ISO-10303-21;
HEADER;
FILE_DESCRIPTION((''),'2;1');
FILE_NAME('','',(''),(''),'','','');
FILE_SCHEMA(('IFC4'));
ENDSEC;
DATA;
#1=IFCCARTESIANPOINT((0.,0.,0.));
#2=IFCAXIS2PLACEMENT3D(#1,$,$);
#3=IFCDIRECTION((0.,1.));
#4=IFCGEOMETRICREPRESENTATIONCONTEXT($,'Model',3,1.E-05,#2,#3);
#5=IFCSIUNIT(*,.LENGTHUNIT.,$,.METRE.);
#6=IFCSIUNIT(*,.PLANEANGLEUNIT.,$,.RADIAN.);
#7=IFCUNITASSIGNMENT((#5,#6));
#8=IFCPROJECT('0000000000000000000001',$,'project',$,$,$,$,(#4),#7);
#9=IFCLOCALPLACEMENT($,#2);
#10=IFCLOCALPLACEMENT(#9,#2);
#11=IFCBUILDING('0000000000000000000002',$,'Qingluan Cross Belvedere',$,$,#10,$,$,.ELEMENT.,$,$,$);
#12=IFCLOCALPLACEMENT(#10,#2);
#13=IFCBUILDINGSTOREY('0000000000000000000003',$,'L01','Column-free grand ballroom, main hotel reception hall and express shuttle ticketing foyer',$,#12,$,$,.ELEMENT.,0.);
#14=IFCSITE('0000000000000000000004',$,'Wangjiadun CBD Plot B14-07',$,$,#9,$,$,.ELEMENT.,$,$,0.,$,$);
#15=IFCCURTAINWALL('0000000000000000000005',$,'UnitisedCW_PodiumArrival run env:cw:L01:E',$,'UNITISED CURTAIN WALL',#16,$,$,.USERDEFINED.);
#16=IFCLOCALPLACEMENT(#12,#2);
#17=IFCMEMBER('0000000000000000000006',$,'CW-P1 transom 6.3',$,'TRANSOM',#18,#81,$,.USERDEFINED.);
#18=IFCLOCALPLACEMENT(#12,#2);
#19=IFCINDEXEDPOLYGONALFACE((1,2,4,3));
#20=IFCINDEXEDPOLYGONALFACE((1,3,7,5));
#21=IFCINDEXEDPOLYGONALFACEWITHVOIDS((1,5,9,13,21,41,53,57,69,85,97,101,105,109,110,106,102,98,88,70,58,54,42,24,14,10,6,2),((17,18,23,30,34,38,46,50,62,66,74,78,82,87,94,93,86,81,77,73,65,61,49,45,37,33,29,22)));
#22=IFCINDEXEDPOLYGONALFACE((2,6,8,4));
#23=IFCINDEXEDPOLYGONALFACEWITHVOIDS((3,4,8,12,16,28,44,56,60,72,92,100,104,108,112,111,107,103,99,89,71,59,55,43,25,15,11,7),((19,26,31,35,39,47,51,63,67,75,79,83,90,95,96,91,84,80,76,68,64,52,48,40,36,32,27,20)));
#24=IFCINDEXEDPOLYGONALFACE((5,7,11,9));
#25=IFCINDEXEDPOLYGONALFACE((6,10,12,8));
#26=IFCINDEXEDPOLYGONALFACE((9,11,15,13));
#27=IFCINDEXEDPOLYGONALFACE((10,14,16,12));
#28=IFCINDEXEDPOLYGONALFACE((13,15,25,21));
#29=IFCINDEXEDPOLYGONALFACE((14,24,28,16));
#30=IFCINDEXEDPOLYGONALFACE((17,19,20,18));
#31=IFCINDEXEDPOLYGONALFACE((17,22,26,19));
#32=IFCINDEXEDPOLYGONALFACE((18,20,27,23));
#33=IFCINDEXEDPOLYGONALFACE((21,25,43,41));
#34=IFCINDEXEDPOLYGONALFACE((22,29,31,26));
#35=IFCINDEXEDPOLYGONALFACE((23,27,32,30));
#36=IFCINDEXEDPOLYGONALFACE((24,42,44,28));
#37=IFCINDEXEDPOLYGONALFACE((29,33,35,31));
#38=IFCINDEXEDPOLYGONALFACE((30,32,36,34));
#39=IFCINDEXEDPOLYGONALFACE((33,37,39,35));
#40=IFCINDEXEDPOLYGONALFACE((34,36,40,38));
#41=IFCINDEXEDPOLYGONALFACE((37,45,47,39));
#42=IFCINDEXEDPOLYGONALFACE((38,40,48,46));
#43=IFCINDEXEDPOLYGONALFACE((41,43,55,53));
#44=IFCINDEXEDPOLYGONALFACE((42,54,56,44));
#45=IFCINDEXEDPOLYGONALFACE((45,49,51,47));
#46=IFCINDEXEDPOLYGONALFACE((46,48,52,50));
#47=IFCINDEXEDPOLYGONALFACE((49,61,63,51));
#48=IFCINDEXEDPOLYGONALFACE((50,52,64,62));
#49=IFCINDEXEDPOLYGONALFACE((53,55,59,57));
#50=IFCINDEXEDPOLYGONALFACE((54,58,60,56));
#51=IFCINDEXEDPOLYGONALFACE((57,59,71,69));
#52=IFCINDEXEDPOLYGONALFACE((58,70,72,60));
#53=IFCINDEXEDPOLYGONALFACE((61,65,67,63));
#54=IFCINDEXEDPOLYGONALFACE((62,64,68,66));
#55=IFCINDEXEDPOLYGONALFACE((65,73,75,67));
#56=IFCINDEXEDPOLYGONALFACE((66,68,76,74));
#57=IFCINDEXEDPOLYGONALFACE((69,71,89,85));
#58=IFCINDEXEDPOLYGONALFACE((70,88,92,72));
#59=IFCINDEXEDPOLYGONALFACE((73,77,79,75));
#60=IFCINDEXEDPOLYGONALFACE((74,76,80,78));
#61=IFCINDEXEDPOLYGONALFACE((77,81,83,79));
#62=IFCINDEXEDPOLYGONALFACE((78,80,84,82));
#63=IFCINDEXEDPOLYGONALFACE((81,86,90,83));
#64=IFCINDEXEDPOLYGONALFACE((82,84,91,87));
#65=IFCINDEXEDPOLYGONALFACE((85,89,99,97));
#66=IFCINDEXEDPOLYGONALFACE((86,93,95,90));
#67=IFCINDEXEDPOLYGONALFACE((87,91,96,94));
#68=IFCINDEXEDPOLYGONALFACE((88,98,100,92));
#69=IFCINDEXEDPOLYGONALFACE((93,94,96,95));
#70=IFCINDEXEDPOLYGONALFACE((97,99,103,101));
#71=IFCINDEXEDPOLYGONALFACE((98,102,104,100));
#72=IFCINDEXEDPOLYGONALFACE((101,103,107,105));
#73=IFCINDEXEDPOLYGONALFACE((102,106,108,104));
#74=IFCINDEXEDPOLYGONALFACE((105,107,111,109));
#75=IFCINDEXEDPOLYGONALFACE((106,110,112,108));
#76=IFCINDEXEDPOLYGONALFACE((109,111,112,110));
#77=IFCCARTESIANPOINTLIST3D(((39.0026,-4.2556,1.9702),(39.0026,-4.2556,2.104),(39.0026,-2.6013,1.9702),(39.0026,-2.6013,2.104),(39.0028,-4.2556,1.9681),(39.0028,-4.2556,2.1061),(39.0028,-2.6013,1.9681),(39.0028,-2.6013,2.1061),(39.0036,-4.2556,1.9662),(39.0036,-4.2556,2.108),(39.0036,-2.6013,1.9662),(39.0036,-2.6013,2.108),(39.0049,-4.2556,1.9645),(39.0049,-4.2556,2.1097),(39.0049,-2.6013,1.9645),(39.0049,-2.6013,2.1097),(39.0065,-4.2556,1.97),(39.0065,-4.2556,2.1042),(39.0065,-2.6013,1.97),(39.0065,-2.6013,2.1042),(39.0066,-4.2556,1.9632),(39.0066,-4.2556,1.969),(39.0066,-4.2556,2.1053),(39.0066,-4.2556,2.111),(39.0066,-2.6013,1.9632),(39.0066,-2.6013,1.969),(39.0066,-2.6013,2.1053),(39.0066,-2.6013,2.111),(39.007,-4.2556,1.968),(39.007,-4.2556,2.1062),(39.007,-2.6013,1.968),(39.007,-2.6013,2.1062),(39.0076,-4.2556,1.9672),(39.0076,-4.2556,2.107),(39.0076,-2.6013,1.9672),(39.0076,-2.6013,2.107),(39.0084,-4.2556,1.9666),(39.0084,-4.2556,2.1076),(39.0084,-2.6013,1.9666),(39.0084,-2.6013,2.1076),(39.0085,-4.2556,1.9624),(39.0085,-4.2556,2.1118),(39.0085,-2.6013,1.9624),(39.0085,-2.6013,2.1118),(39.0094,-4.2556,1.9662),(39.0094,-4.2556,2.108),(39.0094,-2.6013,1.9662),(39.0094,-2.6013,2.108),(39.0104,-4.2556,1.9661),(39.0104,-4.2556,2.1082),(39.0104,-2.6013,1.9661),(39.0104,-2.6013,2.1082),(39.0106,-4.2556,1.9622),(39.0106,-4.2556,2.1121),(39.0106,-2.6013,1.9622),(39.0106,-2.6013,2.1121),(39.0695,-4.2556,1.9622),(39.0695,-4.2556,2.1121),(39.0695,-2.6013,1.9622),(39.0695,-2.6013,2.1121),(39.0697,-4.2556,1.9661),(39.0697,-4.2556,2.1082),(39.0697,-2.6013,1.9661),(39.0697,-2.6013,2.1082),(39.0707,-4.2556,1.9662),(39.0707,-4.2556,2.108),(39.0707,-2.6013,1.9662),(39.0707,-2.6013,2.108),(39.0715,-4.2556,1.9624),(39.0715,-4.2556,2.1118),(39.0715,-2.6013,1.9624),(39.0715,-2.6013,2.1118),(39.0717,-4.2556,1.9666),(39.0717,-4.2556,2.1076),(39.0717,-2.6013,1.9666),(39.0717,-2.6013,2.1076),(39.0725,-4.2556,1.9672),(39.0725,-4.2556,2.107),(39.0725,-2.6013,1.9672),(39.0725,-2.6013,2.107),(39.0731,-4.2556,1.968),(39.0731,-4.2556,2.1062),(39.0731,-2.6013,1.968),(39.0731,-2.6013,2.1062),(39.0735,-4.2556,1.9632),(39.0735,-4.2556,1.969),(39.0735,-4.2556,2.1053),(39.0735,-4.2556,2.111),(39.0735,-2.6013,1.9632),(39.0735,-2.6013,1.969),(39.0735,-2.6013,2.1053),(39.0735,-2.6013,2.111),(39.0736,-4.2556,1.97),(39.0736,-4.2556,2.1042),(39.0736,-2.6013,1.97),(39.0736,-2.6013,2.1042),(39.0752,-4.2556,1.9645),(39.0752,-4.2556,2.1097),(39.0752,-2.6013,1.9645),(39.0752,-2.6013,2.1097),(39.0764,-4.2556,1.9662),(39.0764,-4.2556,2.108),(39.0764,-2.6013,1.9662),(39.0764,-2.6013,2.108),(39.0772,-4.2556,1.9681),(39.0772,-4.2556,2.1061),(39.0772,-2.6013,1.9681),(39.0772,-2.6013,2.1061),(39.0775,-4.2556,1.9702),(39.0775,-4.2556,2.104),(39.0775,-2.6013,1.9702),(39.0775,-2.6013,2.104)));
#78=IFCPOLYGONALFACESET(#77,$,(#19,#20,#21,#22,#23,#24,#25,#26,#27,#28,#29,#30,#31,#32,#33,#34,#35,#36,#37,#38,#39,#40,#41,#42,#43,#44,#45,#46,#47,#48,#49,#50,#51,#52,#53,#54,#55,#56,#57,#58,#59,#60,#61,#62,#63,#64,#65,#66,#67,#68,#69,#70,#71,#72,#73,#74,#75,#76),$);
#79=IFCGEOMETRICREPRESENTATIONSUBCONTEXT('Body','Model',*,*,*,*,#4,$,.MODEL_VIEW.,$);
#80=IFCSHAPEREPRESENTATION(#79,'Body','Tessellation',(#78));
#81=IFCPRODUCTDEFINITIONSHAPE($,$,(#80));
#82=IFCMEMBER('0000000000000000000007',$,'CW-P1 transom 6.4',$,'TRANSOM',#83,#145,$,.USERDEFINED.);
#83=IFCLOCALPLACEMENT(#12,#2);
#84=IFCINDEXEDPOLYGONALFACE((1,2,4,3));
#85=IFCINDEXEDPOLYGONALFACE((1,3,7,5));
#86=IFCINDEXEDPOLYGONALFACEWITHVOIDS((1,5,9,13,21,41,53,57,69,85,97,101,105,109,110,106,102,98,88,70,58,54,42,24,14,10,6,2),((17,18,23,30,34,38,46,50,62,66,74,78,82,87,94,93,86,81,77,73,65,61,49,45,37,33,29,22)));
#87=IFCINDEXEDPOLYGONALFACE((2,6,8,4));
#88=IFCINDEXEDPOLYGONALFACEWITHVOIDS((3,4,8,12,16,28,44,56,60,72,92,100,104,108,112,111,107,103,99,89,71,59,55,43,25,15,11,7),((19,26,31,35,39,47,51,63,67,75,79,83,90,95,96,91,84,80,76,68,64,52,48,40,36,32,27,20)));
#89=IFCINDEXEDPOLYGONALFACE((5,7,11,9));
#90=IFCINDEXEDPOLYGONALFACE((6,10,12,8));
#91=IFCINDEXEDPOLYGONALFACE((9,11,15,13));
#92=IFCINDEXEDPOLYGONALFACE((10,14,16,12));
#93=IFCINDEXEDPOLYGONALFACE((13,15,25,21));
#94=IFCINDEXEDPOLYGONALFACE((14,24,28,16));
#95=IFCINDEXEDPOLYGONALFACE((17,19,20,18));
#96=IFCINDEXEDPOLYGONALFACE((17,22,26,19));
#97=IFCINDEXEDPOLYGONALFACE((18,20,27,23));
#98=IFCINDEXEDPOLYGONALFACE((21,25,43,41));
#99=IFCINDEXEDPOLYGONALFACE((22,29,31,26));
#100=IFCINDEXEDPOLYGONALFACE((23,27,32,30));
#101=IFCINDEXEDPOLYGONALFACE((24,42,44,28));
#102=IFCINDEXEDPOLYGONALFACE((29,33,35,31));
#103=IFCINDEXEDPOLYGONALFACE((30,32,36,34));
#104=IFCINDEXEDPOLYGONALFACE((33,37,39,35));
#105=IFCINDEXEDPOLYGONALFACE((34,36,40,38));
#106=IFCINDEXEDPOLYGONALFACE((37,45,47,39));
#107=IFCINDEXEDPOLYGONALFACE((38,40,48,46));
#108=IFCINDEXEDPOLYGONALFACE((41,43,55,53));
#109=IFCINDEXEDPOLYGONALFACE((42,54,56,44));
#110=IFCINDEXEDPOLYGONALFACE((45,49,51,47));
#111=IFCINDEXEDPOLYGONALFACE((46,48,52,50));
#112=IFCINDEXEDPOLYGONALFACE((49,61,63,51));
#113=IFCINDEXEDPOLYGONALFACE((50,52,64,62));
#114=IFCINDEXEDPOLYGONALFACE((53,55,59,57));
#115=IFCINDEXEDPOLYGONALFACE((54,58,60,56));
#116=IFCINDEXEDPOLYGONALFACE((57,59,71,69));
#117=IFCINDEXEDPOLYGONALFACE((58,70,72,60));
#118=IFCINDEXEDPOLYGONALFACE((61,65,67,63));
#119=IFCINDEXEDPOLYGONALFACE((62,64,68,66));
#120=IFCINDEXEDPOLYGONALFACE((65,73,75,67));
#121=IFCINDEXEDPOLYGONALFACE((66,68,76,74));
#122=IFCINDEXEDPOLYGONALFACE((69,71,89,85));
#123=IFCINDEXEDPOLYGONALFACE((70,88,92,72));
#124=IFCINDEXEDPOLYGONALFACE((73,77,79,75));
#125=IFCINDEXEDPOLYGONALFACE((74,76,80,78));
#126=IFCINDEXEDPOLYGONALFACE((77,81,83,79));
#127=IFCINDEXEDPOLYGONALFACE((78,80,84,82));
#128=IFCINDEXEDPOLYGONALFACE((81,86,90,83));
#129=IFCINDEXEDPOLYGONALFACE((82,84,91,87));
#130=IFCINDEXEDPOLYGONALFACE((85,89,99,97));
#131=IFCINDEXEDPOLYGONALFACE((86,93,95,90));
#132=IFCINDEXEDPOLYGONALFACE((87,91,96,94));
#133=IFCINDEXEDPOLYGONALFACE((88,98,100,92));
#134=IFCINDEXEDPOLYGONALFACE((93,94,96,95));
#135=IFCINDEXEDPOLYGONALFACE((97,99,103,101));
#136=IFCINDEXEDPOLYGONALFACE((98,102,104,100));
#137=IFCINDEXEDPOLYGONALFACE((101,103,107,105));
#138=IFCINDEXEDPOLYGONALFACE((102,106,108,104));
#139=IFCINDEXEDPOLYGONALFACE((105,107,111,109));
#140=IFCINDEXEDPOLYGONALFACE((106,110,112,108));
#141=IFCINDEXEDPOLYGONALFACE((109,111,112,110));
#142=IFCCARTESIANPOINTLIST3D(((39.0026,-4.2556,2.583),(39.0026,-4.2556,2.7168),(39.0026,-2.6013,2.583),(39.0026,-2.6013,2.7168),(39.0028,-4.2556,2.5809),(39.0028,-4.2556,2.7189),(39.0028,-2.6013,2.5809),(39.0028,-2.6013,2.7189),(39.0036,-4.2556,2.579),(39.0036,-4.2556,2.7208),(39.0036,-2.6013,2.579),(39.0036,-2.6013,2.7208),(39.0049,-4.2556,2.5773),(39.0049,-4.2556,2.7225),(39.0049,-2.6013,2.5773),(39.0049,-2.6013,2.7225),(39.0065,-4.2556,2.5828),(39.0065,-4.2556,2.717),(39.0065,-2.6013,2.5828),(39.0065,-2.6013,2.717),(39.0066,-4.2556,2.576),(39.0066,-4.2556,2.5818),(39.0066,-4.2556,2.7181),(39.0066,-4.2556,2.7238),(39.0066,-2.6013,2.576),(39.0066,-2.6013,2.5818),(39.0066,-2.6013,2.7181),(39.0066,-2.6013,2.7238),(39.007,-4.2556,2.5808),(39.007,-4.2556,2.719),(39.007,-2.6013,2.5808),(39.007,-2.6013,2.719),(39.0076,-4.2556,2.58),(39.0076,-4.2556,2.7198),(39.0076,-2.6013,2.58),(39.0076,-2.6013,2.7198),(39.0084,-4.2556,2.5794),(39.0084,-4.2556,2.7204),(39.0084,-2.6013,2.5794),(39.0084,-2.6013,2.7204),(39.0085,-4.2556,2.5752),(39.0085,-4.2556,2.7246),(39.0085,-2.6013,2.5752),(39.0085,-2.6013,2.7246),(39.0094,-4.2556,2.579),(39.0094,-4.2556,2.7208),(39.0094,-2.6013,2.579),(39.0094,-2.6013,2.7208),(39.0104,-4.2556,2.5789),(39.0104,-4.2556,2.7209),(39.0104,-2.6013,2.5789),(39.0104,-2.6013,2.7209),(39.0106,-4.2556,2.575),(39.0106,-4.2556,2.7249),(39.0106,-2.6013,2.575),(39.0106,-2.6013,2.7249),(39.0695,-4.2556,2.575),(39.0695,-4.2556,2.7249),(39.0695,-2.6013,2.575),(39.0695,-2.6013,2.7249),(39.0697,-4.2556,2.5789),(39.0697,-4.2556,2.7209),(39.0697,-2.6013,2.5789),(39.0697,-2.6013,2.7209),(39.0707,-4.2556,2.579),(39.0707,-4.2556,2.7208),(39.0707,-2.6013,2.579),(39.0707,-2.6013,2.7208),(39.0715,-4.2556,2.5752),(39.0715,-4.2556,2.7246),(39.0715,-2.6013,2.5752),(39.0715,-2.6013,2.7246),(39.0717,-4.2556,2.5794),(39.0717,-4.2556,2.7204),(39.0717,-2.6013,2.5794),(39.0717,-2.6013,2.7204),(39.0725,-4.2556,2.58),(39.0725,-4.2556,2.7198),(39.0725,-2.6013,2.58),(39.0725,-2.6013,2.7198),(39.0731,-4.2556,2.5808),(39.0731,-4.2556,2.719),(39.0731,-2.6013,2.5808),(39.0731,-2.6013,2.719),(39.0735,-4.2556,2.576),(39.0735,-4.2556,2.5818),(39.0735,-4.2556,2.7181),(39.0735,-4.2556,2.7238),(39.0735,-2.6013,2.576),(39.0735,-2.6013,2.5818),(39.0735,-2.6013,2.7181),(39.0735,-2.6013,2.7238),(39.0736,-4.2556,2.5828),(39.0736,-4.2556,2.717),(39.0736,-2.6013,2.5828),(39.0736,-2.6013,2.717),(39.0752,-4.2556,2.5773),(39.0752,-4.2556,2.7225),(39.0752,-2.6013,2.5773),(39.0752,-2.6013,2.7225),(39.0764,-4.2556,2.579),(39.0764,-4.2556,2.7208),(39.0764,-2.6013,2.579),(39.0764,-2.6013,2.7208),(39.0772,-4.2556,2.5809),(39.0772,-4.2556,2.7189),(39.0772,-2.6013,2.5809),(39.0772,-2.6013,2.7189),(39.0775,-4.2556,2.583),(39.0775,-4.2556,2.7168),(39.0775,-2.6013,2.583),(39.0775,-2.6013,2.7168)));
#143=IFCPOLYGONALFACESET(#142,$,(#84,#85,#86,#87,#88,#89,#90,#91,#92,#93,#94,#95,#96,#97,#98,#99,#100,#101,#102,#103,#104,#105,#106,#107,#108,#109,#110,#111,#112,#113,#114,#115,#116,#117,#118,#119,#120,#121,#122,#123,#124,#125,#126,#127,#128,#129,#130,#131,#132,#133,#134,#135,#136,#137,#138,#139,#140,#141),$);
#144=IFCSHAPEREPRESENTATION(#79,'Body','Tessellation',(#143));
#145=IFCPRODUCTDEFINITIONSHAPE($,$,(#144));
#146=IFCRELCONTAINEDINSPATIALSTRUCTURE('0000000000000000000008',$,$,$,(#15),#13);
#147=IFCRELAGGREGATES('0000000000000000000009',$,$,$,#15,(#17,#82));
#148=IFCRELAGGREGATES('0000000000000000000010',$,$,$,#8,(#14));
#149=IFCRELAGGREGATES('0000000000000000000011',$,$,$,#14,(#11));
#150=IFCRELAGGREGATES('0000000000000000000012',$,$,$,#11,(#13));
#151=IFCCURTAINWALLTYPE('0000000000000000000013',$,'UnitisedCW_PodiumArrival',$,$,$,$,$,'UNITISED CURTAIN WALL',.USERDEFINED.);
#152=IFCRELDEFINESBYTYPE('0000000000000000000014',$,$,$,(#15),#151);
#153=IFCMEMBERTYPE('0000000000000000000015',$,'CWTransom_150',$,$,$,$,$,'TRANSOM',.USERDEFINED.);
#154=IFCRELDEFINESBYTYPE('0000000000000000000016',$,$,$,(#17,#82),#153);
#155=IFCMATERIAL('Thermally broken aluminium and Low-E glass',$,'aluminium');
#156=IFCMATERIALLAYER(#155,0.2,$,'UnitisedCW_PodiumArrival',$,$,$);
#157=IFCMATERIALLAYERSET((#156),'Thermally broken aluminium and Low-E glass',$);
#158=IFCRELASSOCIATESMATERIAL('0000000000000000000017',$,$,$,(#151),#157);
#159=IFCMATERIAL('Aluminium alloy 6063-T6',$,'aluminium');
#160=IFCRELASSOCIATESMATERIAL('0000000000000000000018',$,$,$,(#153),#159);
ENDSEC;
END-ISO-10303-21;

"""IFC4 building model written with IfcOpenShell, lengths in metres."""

from ifc_helpers import new_model, si_unit, direction, frame, origin, origin_2d, place, context, subcontext, project, spatial, hollow_rectangle, extrude, material, layer, layer_set, material_profile, profile_set, type_object, element, aggregate, save


model = new_model("IFC4")

# Units and contexts
model_context = context("Model", 3, precision=1e-05, world=origin(), true_north=direction((0.0, 1.0)))
body_context = subcontext(model_context, "Body", "Model", "MODEL_VIEW")
ifc_project = project(units=[si_unit("LENGTHUNIT", "METRE"), si_unit("PLANEANGLEUNIT", "RADIAN")], contexts=[model_context])

# Site, building, storey
site_placement = place(None, origin())
site = spatial("IfcSite", under=ifc_project, at=site_placement, Name="Wangjiadun CBD Plot B14-07", CompositionType="ELEMENT", RefElevation=0.0)
building_placement = place(site_placement, origin())
building = spatial("IfcBuilding", under=site, at=building_placement, Name="Qingluan Cross Belvedere", CompositionType="ELEMENT")
storey_placement = place(building_placement, origin())
storey = spatial("IfcBuildingStorey", under=building, at=storey_placement, Name="L01", Description="Column-free grand ballroom, main hotel reception hall and express shuttle ticketing foyer", CompositionType="ELEMENT", Elevation=0.0)

# Curtain wall, members
ifc_material_1 = material(Name="Thermally broken aluminium and Low-E glass", Category="aluminium")
ifc_layer_1 = layer(ifc_material_1, 0.2, Name="UnitisedCW_PodiumArrival")
ifc_layer_set_1 = layer_set([ifc_layer_1], Name="Thermally broken aluminium and Low-E glass")
curtain_wall_type = type_object("IfcCurtainWallType", Name="UnitisedCW_PodiumArrival", ElementType="UNITISED CURTAIN WALL", PredefinedType="USERDEFINED", material=ifc_layer_set_1)
curtain_wall_placement = place(storey_placement, origin())
curtain_wall = element("IfcCurtainWall", 1, at=curtain_wall_placement, inside=storey, type_object=curtain_wall_type, Name="UnitisedCW_PodiumArrival run env:cw:L01:E", ObjectType="UNITISED CURTAIN WALL", PredefinedType="USERDEFINED")
ifc_material_2 = material(Name="Aluminium alloy 6063-T6", Category="aluminium")
ifc_material_profile_1 = material_profile(ifc_material_2, hollow_rectangle(XDim=0.075, YDim=0.1499, WallThickness=0.0039, InnerFilletRadius=0.0039, OuterFilletRadius=0.0081, at=origin_2d()), Name="CWT150x75x4")
ifc_profile_set_1 = profile_set([ifc_material_profile_1], Name="Aluminium alloy 6063-T6")
member_type_1 = type_object("IfcMemberType", Name="CWTransom_150", ElementType="TRANSOM", PredefinedType="USERDEFINED", material=ifc_profile_set_1)
member_1_placement = place(storey_placement, frame((39.04, -2.6013, 2.0371), z_axis=(0.0, -1.0, 0.0), x_axis=(1.0, 0.0, 0.0)))
member_1 = element("IfcMember", 2, at=member_1_placement, type_object=member_type_1, Name="CW-P1 transom 6.3", ObjectType="TRANSOM", PredefinedType="USERDEFINED", context=body_context, shape_type="SweptSolid", body=[
    extrude(hollow_rectangle(XDim=0.075, YDim=0.1499, WallThickness=0.0039, InnerFilletRadius=0.0039, OuterFilletRadius=0.0081, at=origin_2d()), origin(), (0.0, 0.0, 1.0), 1.6543),
])
member_2_placement = place(storey_placement, frame((39.04, -2.6013, 2.6499), z_axis=(0.0, -1.0, 0.0), x_axis=(1.0, 0.0, 0.0)))
member_2 = element("IfcMember", 3, at=member_2_placement, type_object=member_type_1, Name="CW-P1 transom 6.4", ObjectType="TRANSOM", PredefinedType="USERDEFINED", context=body_context, shape_type="SweptSolid", body=[
    extrude(hollow_rectangle(XDim=0.075, YDim=0.1499, WallThickness=0.0039, InnerFilletRadius=0.0039, OuterFilletRadius=0.0081, at=origin_2d()), origin(), (0.0, 0.0, 1.0), 1.6543),
])
aggregate(curtain_wall, [member_1, member_2])

save(model, "model.ifc")
